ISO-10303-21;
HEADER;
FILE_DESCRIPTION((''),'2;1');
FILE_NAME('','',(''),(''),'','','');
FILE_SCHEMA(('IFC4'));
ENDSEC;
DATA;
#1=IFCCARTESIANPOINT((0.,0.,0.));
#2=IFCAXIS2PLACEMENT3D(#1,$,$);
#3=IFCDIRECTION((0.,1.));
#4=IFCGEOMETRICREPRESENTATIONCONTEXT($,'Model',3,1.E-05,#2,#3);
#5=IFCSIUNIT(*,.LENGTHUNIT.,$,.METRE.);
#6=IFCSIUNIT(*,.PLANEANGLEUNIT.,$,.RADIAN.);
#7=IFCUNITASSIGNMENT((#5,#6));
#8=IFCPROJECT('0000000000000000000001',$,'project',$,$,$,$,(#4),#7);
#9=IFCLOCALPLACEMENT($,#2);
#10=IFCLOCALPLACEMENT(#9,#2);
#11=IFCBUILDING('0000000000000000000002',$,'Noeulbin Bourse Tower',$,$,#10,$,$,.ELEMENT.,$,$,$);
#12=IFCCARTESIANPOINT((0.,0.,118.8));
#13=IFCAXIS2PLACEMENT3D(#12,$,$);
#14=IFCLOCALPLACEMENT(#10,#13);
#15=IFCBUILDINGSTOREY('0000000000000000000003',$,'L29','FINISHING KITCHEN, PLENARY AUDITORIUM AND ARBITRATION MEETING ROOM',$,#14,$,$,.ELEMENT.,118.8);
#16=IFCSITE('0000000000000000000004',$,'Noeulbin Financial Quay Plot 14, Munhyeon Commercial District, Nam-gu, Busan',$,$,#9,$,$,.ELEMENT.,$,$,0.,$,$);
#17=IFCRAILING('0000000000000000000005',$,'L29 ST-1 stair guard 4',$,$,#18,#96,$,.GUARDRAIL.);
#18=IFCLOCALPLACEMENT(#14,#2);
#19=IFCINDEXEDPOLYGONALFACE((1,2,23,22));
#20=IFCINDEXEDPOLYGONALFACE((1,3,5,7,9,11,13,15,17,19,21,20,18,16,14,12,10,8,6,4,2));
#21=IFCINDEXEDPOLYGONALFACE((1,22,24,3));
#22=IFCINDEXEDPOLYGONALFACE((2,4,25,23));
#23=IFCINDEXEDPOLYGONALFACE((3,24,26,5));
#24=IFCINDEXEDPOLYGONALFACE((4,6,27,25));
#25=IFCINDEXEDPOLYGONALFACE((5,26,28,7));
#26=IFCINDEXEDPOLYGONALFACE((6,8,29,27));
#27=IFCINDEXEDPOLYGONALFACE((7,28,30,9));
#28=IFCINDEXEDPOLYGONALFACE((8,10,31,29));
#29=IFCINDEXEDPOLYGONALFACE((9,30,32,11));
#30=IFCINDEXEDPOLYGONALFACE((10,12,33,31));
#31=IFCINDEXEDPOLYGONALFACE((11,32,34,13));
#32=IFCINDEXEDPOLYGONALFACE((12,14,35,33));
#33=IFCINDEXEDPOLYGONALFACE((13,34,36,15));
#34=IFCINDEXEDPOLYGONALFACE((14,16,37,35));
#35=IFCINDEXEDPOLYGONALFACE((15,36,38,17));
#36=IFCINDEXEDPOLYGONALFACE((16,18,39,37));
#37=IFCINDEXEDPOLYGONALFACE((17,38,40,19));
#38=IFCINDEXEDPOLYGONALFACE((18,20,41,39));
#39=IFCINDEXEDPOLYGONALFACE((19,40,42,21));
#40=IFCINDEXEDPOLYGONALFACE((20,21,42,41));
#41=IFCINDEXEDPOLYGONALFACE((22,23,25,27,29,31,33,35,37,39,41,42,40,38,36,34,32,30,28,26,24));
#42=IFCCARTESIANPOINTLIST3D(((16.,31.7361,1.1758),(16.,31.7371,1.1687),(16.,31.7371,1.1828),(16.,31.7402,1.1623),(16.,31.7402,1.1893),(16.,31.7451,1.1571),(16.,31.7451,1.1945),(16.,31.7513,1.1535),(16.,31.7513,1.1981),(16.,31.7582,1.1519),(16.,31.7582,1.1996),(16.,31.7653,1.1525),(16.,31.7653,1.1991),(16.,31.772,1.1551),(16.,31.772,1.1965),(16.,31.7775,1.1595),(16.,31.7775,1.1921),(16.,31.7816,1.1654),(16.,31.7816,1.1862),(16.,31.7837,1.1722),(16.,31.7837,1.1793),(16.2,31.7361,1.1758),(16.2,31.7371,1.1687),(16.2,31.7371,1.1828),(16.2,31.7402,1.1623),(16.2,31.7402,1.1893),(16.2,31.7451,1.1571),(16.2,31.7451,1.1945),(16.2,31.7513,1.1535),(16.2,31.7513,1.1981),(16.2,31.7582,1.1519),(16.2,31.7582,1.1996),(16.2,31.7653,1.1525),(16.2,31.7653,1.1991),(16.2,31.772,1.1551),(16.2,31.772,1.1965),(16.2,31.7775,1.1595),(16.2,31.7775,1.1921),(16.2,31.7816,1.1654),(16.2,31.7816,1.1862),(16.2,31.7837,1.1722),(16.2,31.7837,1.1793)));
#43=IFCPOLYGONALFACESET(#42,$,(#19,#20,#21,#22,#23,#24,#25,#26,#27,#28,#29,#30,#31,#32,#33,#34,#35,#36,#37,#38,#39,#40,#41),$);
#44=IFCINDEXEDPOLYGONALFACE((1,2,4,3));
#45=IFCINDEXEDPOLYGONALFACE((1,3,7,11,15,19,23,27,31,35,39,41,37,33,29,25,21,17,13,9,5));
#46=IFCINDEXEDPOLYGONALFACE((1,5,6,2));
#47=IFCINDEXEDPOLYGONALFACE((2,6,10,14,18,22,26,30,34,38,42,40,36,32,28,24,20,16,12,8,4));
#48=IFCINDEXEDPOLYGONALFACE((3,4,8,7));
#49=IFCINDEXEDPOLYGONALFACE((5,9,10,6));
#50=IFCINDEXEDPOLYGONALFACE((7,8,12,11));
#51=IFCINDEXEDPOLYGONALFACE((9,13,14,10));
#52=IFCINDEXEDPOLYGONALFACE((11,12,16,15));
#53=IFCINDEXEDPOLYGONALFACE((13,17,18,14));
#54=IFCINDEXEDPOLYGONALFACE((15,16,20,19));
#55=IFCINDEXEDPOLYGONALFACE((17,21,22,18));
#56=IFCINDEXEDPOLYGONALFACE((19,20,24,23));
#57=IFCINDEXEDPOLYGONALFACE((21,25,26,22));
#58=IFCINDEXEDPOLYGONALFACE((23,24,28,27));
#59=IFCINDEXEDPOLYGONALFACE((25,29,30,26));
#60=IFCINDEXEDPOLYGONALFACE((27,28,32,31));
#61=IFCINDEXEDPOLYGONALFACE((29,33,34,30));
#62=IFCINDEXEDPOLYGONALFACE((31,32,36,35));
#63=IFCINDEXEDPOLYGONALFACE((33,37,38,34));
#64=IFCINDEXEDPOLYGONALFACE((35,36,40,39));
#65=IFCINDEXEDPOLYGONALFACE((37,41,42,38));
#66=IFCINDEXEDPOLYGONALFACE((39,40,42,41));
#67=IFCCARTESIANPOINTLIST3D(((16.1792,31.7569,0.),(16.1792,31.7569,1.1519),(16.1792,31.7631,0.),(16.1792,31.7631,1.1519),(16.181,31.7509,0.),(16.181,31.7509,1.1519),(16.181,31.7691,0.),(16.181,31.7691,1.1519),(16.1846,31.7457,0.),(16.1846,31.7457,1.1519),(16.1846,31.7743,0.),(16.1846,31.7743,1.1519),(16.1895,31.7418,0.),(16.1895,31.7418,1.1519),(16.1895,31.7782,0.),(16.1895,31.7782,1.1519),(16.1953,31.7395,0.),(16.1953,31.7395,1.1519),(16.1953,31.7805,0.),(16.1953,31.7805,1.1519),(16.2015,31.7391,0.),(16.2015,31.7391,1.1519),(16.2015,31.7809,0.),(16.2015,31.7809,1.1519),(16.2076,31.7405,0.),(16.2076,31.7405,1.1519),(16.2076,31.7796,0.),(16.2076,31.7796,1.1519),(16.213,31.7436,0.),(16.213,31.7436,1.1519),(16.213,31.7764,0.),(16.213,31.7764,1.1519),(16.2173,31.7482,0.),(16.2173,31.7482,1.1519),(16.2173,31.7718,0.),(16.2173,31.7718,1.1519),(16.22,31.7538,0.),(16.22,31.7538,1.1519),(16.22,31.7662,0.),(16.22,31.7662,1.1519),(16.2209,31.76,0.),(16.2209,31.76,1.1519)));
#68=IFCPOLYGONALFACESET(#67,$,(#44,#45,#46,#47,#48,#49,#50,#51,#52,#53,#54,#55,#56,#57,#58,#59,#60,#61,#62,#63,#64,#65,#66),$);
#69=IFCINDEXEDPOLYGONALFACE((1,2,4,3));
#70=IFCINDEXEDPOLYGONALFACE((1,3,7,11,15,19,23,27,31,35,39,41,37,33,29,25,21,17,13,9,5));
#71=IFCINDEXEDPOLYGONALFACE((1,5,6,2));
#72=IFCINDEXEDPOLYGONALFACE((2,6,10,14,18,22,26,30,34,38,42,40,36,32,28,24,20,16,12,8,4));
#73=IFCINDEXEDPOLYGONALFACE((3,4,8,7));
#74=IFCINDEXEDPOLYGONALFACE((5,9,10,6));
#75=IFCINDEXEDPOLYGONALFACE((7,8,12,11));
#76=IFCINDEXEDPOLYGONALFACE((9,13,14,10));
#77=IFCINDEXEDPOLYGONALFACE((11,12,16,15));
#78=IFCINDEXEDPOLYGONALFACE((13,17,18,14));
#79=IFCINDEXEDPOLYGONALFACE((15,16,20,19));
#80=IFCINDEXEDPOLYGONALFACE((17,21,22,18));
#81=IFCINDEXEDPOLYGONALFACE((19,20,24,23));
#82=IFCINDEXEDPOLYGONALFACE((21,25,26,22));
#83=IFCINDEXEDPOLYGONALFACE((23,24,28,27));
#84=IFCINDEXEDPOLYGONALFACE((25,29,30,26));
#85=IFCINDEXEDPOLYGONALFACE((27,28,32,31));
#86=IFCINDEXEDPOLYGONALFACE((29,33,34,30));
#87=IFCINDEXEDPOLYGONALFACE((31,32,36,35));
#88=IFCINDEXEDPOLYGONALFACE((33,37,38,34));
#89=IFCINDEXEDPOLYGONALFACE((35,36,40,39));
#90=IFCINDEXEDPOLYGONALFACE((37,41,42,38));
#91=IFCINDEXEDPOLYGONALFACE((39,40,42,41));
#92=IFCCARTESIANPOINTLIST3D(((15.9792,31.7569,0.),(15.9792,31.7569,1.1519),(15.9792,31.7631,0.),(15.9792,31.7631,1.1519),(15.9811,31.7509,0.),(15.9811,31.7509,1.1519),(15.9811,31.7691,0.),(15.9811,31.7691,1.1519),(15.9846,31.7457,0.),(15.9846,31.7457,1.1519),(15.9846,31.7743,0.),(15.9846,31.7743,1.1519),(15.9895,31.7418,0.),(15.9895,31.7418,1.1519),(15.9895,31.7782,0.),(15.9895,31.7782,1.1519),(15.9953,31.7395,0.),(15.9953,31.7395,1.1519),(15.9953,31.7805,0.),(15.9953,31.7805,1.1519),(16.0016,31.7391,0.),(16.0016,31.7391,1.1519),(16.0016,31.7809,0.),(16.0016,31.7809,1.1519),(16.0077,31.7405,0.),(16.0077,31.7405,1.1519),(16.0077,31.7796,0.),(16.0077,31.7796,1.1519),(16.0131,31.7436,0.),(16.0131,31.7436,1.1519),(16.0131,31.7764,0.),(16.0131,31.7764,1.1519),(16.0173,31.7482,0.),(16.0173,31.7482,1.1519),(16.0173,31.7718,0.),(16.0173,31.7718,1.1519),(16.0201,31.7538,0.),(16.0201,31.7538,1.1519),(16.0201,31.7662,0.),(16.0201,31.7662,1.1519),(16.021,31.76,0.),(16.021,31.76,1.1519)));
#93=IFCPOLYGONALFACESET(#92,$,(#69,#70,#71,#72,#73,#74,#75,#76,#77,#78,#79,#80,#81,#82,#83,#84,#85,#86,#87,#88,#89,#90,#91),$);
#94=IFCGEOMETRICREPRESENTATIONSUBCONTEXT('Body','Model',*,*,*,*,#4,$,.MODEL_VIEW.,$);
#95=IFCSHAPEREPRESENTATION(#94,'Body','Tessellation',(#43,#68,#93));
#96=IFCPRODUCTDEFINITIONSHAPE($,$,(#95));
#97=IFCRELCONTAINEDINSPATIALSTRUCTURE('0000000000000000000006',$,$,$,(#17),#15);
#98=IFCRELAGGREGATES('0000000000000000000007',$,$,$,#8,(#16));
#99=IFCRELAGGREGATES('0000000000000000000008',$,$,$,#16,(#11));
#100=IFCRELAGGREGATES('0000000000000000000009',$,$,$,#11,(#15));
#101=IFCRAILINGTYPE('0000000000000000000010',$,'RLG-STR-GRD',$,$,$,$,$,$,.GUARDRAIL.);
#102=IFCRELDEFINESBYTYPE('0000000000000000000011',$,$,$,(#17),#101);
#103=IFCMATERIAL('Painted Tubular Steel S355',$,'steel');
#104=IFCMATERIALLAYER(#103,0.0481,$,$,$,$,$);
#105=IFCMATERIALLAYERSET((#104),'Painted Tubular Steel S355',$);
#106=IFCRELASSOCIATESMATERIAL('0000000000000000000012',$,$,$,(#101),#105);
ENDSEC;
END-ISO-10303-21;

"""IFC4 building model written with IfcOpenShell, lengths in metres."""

from ifc_helpers import new_model, si_unit, direction, frame, origin, origin_2d, place, context, subcontext, project, spatial, circle, extrude, material, layer, layer_set, type_object, element, save


model = new_model("IFC4")

# Units and contexts
model_context = context("Model", 3, precision=1e-05, world=origin(), true_north=direction((0.0, 1.0)))
body_context = subcontext(model_context, "Body", "Model", "MODEL_VIEW")
ifc_project = project(units=[si_unit("LENGTHUNIT", "METRE"), si_unit("PLANEANGLEUNIT", "RADIAN")], contexts=[model_context])

# Site, building, storey
site_placement = place(None, origin())
site = spatial("IfcSite", under=ifc_project, at=site_placement, Name="Noeulbin Financial Quay Plot 14, Munhyeon Commercial District, Nam-gu, Busan", CompositionType="ELEMENT", RefElevation=0.0)
building_placement = place(site_placement, origin())
building = spatial("IfcBuilding", under=site, at=building_placement, Name="Noeulbin Bourse Tower", CompositionType="ELEMENT")
storey_placement = place(building_placement, frame((0.0, 0.0, 118.8)))
storey = spatial("IfcBuildingStorey", under=building, at=storey_placement, Name="L29", Description="FINISHING KITCHEN, PLENARY AUDITORIUM AND ARBITRATION MEETING ROOM", CompositionType="ELEMENT", Elevation=118.8)

# Railing
ifc_material_1 = material(Name="Painted Tubular Steel S355", Category="steel")
ifc_layer_1 = layer(ifc_material_1, 0.0481)
ifc_layer_set_1 = layer_set([ifc_layer_1], Name="Painted Tubular Steel S355")
railing_type_1 = type_object("IfcRailingType", Name="RLG-STR-GRD", PredefinedType="GUARDRAIL", material=ifc_layer_set_1)
railing_1_placement = place(storey_placement, frame((16.2, 31.76, 0.0)))
element("IfcRailing", 1, at=railing_1_placement, inside=storey, type_object=railing_type_1, Name="L29 ST-1 stair guard 4", PredefinedType="GUARDRAIL", context=body_context, shape_type="SweptSolid", body=[
    extrude(circle(Radius=0.0239, at=origin_2d()), frame((0.0, 0.0, 1.1758), z_axis=(-1.0, 0.0, 0.0), x_axis=(0.0, -1.0, 0.0)), (0.0, 0.0, 1.0), 0.2),
    extrude(circle(Radius=0.021, at=origin_2d()), origin(), (0.0, 0.0, 1.0), 1.1519),
    extrude(circle(Radius=0.021, at=origin_2d()), frame((-0.2, 0.0, 0.0)), (0.0, 0.0, 1.0), 1.1519),
])

save(model, "model.ifc")
